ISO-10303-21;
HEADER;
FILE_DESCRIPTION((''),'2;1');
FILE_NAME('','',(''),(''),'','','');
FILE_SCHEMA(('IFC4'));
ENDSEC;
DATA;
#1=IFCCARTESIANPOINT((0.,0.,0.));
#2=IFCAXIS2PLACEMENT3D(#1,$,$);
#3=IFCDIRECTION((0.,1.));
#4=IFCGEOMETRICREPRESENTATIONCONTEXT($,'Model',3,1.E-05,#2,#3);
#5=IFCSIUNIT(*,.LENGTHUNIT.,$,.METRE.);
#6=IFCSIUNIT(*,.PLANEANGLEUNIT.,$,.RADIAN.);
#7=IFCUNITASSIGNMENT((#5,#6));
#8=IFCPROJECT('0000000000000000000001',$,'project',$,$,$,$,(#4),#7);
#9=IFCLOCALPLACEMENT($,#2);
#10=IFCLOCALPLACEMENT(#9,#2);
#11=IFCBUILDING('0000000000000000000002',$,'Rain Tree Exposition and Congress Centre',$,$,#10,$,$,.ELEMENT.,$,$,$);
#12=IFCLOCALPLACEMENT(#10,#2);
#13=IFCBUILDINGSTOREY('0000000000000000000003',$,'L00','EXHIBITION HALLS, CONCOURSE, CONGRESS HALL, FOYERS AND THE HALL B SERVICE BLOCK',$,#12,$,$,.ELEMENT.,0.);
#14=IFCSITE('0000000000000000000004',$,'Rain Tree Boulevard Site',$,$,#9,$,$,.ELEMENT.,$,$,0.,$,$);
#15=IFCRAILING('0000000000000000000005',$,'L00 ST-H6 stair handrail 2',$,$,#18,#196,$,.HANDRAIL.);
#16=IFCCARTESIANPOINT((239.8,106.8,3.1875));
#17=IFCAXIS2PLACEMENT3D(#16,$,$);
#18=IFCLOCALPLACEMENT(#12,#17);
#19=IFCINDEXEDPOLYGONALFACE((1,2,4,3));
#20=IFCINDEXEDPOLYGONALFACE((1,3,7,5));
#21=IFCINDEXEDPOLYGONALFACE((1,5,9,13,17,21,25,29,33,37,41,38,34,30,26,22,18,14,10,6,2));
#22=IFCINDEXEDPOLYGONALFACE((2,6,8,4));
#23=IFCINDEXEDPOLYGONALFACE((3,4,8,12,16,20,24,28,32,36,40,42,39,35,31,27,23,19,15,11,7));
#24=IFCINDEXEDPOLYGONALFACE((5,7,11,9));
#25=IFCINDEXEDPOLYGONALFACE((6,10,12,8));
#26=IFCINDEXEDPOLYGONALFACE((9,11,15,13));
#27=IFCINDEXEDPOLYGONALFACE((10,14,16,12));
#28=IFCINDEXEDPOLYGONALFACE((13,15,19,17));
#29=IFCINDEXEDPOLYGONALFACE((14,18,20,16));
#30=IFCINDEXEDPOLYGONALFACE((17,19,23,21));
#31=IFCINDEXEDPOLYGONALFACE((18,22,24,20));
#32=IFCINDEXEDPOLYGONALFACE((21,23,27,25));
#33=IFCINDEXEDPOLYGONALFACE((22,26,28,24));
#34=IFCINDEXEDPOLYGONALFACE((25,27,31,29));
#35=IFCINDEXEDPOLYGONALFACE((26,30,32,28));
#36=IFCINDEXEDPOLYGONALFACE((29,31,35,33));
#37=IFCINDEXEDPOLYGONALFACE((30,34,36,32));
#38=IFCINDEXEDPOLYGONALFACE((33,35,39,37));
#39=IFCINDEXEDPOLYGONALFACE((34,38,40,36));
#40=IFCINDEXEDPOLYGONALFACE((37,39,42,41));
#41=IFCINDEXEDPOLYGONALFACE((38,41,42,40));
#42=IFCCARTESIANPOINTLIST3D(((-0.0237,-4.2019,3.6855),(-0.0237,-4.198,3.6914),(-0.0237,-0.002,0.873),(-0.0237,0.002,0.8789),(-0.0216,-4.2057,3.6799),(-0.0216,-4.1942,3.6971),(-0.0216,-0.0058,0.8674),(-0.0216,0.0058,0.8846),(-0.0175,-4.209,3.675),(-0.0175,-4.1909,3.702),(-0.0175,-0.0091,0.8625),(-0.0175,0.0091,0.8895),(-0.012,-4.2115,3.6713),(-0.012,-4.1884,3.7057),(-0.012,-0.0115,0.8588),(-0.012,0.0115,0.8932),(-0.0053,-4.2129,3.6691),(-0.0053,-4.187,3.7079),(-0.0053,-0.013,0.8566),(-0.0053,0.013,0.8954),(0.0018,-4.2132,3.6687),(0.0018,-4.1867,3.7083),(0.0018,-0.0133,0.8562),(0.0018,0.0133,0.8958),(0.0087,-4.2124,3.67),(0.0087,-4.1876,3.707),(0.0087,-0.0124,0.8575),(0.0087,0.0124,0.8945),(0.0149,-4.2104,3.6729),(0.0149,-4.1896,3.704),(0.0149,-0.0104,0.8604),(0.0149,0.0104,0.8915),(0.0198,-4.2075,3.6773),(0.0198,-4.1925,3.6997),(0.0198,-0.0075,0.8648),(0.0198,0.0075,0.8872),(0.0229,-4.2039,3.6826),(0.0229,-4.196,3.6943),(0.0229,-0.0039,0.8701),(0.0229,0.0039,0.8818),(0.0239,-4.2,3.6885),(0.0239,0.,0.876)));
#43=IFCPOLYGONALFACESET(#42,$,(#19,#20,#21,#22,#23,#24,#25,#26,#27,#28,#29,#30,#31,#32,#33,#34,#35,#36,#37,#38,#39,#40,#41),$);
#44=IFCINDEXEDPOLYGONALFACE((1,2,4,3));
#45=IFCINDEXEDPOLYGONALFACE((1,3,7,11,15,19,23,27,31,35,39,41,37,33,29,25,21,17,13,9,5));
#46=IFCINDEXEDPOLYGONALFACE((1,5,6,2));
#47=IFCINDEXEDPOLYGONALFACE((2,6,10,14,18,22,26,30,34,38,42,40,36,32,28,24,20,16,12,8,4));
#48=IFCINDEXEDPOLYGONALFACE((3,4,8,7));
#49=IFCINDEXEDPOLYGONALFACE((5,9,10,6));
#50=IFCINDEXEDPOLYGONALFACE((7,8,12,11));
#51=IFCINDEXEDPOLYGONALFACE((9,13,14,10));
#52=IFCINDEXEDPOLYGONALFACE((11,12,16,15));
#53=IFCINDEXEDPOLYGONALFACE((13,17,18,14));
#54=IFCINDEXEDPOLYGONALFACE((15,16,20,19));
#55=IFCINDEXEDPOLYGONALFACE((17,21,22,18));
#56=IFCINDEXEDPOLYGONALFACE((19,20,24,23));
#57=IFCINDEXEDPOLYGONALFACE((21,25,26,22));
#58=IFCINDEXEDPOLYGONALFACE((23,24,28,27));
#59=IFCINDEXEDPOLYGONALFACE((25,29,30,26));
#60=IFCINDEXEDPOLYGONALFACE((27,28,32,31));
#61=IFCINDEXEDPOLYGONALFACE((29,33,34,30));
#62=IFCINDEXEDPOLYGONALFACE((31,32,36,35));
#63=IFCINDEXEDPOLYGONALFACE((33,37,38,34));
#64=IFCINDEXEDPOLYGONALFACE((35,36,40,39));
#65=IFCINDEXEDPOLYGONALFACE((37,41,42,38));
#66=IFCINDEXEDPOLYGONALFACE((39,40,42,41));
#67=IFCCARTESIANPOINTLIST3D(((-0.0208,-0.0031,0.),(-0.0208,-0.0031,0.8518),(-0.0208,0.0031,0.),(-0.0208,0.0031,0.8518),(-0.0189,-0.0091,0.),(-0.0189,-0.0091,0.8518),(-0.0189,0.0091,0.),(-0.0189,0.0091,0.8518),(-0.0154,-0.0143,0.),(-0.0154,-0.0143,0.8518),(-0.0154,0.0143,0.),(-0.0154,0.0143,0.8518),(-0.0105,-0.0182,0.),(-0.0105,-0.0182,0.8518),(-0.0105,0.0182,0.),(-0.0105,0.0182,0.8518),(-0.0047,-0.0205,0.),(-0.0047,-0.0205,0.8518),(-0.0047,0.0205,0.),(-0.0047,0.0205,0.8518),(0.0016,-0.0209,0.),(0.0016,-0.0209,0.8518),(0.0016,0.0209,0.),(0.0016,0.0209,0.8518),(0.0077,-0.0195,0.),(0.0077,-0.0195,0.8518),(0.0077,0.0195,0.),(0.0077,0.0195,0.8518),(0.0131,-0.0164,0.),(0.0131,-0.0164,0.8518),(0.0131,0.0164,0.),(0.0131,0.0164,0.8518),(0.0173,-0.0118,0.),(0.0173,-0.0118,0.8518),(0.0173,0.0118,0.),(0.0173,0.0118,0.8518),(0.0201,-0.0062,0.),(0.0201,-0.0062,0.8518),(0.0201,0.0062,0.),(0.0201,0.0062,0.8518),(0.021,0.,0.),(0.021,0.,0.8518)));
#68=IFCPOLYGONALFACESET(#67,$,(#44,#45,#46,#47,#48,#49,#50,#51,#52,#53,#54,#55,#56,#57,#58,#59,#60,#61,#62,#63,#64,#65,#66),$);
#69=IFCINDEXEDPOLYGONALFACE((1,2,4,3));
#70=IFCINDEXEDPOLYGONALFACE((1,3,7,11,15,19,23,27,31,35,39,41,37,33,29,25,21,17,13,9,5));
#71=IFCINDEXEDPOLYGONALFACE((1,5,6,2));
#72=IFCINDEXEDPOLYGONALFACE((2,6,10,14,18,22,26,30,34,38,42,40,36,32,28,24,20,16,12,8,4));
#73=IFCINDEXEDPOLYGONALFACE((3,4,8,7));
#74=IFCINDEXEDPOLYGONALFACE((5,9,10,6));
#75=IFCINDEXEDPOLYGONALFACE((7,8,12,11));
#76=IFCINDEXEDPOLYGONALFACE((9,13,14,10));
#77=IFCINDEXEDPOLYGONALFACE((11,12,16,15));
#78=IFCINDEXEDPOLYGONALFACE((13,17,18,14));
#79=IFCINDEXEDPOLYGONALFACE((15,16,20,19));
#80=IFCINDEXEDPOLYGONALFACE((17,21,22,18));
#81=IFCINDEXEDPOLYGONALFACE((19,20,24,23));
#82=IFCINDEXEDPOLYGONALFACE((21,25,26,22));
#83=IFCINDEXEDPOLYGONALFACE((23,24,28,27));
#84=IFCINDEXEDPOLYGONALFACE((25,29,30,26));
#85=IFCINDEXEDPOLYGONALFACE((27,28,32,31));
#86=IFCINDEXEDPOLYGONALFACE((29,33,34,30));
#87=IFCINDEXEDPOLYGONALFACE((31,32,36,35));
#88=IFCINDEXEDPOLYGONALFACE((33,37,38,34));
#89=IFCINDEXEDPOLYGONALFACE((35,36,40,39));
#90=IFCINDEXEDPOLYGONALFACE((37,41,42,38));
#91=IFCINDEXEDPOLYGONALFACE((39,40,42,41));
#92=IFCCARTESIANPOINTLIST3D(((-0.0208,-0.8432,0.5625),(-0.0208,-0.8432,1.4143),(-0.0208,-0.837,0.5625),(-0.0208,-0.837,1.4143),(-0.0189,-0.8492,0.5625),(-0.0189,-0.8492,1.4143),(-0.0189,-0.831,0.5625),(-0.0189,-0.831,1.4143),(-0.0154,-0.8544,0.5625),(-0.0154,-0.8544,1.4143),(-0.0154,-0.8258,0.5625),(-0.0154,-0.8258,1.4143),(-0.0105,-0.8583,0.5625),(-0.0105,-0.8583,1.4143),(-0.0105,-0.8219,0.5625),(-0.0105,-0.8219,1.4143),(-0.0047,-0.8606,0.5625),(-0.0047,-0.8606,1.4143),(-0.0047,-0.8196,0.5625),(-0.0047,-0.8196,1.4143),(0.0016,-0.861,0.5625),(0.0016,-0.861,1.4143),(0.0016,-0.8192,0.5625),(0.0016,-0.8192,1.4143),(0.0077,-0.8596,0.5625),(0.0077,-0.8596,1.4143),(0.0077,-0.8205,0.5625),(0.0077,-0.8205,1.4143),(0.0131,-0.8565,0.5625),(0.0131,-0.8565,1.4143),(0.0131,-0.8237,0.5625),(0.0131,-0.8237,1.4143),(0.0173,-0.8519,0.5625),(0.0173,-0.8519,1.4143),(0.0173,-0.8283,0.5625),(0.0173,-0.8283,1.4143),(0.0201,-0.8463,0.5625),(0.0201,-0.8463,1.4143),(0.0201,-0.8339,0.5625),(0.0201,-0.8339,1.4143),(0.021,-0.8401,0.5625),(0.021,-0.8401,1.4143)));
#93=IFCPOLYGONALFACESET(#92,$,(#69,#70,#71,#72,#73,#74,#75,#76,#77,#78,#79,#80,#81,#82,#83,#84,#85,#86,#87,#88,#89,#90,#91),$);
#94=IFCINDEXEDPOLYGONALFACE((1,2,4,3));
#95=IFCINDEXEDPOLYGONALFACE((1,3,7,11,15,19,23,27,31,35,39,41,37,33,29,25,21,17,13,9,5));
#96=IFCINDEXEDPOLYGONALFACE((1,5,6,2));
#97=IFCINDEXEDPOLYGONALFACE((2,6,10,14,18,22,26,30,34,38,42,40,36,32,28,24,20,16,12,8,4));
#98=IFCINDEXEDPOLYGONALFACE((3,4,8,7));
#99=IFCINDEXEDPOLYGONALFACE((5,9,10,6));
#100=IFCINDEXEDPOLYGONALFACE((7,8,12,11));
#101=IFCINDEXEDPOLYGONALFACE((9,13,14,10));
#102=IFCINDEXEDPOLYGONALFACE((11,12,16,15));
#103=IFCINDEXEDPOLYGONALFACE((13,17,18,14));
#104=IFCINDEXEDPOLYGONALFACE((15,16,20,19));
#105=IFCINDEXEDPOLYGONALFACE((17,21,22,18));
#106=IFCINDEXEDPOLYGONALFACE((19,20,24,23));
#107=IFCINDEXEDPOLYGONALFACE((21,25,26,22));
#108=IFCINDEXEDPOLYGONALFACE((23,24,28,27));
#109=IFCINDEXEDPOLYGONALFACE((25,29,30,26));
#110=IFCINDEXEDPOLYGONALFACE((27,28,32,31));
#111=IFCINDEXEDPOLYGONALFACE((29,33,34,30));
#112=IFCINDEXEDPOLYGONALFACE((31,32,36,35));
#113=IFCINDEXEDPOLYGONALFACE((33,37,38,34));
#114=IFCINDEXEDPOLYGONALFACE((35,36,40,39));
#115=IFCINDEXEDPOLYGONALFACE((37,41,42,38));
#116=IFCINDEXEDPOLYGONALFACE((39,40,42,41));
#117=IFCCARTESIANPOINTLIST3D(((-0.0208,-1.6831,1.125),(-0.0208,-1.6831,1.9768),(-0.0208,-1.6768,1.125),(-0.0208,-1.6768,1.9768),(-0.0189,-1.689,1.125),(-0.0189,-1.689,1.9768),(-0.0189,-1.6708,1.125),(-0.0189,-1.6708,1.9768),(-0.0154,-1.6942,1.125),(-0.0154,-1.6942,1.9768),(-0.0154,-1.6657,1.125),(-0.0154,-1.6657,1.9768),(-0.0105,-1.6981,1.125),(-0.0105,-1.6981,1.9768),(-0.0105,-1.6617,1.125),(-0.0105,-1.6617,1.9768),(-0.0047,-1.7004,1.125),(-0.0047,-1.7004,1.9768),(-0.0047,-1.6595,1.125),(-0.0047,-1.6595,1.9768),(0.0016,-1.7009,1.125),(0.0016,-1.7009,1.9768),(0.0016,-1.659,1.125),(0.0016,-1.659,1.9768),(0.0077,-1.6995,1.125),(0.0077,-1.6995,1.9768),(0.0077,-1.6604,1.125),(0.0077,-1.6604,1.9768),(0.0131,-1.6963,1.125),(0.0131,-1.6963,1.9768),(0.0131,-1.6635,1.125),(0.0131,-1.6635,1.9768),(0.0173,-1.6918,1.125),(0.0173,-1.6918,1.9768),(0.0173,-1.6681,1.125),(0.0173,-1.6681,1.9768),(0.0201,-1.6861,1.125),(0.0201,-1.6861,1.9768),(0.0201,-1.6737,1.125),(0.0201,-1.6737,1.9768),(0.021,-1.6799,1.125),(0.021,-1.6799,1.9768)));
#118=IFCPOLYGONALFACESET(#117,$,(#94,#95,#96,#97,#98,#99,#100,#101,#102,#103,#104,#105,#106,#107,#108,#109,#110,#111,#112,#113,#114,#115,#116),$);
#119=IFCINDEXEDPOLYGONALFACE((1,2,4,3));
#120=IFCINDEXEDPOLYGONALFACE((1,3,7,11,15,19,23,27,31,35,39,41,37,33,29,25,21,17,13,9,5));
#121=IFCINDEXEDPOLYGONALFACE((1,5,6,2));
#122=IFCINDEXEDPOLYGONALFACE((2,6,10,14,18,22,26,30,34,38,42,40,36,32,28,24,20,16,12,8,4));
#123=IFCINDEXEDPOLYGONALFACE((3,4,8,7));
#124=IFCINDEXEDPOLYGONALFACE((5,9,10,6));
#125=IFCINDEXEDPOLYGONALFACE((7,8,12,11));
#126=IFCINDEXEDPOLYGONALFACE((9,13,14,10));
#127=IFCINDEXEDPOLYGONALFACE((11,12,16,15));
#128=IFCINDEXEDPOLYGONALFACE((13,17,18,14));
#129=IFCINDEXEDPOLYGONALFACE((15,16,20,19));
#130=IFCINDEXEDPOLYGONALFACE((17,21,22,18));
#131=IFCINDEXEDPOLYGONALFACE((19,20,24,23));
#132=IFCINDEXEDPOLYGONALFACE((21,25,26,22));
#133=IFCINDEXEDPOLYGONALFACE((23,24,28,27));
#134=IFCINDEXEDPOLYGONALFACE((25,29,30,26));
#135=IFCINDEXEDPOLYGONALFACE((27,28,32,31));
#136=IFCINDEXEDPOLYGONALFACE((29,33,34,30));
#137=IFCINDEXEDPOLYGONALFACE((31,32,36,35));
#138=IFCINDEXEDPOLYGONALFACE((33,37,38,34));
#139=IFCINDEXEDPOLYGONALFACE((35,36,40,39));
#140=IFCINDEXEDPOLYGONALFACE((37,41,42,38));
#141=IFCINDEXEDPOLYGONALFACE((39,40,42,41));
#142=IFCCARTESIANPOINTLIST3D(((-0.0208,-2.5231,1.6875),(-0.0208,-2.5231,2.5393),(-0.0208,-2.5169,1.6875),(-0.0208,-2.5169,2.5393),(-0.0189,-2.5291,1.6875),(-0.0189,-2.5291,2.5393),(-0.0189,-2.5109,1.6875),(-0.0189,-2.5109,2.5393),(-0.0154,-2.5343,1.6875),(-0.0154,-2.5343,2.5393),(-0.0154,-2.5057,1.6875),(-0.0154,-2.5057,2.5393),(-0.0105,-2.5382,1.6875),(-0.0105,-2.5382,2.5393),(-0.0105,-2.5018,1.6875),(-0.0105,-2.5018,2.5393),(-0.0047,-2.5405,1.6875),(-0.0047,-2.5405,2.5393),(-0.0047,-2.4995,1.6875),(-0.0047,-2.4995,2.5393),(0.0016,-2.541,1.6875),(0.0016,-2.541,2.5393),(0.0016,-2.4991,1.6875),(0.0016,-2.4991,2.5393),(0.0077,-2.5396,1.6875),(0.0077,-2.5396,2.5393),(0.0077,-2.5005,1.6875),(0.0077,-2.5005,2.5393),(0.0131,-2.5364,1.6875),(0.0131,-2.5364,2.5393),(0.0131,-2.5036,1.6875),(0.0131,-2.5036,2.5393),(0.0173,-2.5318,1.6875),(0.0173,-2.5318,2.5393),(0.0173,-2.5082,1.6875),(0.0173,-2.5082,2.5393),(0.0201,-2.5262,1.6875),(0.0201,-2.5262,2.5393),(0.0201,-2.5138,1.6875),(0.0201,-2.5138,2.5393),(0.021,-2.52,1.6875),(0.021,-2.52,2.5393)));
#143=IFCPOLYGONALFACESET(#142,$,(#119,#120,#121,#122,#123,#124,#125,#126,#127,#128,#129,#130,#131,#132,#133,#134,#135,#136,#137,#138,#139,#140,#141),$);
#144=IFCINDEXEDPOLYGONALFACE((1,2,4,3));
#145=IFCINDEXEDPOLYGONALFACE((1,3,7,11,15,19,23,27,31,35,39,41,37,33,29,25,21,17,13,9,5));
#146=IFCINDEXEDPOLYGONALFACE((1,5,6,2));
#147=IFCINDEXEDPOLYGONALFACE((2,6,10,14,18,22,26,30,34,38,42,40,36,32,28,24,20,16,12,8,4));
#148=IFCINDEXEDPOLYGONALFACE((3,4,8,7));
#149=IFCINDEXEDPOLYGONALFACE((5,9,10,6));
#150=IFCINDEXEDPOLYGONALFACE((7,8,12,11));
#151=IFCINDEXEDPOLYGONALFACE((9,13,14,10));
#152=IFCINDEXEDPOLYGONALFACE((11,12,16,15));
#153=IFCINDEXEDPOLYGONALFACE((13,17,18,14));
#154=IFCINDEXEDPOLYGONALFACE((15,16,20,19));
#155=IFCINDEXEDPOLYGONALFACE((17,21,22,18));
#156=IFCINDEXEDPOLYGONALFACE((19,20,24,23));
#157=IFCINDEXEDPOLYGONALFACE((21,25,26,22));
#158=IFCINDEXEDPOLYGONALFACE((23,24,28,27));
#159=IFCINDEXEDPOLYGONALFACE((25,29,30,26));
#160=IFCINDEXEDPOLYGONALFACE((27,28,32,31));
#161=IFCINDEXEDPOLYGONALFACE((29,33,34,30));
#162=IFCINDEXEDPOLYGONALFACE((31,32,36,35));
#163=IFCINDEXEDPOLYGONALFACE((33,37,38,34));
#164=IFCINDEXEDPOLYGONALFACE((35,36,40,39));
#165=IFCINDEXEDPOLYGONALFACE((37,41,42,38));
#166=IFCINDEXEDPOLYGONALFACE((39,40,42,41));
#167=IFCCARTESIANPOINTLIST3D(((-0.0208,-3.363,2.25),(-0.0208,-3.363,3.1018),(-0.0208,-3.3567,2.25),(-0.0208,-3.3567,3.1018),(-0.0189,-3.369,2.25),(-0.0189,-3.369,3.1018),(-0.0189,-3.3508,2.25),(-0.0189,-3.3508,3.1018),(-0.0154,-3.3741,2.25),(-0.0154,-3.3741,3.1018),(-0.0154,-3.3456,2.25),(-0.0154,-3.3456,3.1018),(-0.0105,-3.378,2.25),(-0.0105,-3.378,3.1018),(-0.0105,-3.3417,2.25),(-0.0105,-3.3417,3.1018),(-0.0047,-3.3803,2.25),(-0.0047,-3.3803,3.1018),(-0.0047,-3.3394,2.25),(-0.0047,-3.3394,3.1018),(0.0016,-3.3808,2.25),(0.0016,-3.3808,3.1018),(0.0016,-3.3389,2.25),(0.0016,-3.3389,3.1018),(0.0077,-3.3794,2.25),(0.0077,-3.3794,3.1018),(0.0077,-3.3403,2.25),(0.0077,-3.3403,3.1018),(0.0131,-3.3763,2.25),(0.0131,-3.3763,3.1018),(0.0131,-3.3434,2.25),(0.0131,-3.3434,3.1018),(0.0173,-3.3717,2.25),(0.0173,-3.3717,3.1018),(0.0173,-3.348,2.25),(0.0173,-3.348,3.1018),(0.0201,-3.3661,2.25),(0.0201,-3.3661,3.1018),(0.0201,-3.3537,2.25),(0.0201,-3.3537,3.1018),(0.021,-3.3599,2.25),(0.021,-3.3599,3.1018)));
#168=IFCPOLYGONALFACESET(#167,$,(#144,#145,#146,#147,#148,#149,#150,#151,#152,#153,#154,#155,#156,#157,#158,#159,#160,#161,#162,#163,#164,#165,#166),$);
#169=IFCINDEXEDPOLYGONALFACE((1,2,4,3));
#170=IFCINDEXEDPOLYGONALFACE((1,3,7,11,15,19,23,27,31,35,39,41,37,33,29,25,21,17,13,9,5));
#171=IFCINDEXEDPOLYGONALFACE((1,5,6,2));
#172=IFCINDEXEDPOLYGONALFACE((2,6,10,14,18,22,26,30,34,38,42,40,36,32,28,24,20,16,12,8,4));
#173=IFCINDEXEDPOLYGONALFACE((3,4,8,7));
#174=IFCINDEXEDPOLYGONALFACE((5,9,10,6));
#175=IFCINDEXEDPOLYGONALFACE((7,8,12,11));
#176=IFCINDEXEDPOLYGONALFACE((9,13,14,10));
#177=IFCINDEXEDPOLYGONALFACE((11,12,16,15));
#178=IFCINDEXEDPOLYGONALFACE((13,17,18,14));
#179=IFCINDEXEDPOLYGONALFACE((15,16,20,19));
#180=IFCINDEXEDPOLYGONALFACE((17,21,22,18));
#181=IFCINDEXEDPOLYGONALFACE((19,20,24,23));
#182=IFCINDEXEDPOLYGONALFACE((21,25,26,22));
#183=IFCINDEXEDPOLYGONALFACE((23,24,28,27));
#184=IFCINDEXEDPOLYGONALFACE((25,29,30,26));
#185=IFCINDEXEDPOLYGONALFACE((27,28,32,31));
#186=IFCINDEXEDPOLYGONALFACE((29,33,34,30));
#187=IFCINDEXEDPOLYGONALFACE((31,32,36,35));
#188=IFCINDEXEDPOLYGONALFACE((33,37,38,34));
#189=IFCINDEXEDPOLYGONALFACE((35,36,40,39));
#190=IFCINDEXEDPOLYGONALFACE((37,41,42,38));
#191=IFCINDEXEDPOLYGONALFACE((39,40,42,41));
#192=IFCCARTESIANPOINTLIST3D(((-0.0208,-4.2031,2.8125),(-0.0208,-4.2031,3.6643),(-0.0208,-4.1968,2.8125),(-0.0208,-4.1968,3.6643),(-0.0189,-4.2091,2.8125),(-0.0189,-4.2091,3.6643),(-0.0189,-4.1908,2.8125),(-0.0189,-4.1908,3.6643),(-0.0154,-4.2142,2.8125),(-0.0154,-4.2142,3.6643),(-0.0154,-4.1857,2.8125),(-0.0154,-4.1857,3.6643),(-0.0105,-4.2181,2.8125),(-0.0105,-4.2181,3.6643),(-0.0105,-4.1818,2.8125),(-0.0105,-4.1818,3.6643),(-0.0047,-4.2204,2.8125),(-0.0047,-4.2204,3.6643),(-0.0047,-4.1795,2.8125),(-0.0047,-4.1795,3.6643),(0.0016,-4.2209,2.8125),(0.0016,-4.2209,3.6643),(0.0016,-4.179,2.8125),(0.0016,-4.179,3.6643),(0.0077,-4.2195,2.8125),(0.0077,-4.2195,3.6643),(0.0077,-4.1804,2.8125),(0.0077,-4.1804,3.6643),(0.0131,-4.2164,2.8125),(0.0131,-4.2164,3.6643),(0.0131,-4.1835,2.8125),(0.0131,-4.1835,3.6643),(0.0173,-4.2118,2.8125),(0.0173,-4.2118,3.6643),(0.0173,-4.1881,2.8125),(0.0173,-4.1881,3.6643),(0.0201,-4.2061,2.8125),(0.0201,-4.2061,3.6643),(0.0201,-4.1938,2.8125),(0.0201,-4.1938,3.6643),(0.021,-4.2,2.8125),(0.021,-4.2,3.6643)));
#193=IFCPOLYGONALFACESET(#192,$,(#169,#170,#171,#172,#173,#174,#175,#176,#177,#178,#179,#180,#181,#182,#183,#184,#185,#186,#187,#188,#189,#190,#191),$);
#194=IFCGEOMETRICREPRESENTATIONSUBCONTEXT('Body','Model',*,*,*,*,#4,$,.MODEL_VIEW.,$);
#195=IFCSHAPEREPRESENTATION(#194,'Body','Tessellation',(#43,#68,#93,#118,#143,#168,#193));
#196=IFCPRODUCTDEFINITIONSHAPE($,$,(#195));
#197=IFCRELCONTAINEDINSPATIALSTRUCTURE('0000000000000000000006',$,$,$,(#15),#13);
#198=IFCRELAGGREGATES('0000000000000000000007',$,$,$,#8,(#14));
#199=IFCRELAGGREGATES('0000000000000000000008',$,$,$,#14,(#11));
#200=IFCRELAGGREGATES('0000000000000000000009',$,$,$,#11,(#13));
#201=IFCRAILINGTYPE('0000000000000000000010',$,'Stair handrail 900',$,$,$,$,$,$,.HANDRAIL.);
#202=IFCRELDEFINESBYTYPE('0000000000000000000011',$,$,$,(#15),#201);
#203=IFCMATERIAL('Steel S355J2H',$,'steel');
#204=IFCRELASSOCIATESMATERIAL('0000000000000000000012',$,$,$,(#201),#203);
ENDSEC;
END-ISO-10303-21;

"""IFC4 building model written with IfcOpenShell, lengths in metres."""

from ifc_helpers import new_model, si_unit, direction, frame, origin, origin_2d, place, context, subcontext, project, spatial, circle, extrude, material, type_object, element, save


model = new_model("IFC4")

# Units and contexts
model_context = context("Model", 3, precision=1e-05, world=origin(), true_north=direction((0.0, 1.0)))
body_context = subcontext(model_context, "Body", "Model", "MODEL_VIEW")
ifc_project = project(units=[si_unit("LENGTHUNIT", "METRE"), si_unit("PLANEANGLEUNIT", "RADIAN")], contexts=[model_context])

# Site, building, storey
site_placement = place(None, origin())
site = spatial("IfcSite", under=ifc_project, at=site_placement, Name="Rain Tree Boulevard Site", CompositionType="ELEMENT", RefElevation=0.0)
building_placement = place(site_placement, origin())
building = spatial("IfcBuilding", under=site, at=building_placement, Name="Rain Tree Exposition and Congress Centre", CompositionType="ELEMENT")
storey_placement = place(building_placement, origin())
storey = spatial("IfcBuildingStorey", under=building, at=storey_placement, Name="L00", Description="EXHIBITION HALLS, CONCOURSE, CONGRESS HALL, FOYERS AND THE HALL B SERVICE BLOCK", CompositionType="ELEMENT", Elevation=0.0)

# Railing
ifc_material_1 = material(Name="Steel S355J2H", Category="steel")
railing_type = type_object("IfcRailingType", Name="Stair handrail 900", PredefinedType="HANDRAIL", material=ifc_material_1)
railing_placement = place(storey_placement, frame((239.8, 106.8, 3.1875)))
element("IfcRailing", 1, at=railing_placement, inside=storey, type_object=railing_type, Name="L00 ST-H6 stair handrail 2", PredefinedType="HANDRAIL", context=body_context, shape_type="SweptSolid", body=[
    extrude(circle(Radius=0.0239, at=origin_2d()), frame((0.0, 0.0, 0.876), z_axis=(0.0, -0.830904, 0.556416), x_axis=(1.0, 0.0, 0.0)), (0.0, 0.0, 1.0), 5.0547),
    extrude(circle(Radius=0.021, at=origin_2d()), origin(), (0.0, 0.0, 1.0), 0.8518),
    extrude(circle(Radius=0.021, at=origin_2d()), frame((0.0, -0.8401, 0.5625)), (0.0, 0.0, 1.0), 0.8518),
    extrude(circle(Radius=0.021, at=origin_2d()), frame((0.0, -1.6799, 1.125)), (0.0, 0.0, 1.0), 0.8518),
    extrude(circle(Radius=0.021, at=origin_2d()), frame((0.0, -2.52, 1.6875)), (0.0, 0.0, 1.0), 0.8518),
    extrude(circle(Radius=0.021, at=origin_2d()), frame((0.0, -3.3599, 2.25)), (0.0, 0.0, 1.0), 0.8518),
    extrude(circle(Radius=0.021, at=origin_2d()), frame((0.0, -4.2, 2.8125)), (0.0, 0.0, 1.0), 0.8518),
])

save(model, "model.ifc")
